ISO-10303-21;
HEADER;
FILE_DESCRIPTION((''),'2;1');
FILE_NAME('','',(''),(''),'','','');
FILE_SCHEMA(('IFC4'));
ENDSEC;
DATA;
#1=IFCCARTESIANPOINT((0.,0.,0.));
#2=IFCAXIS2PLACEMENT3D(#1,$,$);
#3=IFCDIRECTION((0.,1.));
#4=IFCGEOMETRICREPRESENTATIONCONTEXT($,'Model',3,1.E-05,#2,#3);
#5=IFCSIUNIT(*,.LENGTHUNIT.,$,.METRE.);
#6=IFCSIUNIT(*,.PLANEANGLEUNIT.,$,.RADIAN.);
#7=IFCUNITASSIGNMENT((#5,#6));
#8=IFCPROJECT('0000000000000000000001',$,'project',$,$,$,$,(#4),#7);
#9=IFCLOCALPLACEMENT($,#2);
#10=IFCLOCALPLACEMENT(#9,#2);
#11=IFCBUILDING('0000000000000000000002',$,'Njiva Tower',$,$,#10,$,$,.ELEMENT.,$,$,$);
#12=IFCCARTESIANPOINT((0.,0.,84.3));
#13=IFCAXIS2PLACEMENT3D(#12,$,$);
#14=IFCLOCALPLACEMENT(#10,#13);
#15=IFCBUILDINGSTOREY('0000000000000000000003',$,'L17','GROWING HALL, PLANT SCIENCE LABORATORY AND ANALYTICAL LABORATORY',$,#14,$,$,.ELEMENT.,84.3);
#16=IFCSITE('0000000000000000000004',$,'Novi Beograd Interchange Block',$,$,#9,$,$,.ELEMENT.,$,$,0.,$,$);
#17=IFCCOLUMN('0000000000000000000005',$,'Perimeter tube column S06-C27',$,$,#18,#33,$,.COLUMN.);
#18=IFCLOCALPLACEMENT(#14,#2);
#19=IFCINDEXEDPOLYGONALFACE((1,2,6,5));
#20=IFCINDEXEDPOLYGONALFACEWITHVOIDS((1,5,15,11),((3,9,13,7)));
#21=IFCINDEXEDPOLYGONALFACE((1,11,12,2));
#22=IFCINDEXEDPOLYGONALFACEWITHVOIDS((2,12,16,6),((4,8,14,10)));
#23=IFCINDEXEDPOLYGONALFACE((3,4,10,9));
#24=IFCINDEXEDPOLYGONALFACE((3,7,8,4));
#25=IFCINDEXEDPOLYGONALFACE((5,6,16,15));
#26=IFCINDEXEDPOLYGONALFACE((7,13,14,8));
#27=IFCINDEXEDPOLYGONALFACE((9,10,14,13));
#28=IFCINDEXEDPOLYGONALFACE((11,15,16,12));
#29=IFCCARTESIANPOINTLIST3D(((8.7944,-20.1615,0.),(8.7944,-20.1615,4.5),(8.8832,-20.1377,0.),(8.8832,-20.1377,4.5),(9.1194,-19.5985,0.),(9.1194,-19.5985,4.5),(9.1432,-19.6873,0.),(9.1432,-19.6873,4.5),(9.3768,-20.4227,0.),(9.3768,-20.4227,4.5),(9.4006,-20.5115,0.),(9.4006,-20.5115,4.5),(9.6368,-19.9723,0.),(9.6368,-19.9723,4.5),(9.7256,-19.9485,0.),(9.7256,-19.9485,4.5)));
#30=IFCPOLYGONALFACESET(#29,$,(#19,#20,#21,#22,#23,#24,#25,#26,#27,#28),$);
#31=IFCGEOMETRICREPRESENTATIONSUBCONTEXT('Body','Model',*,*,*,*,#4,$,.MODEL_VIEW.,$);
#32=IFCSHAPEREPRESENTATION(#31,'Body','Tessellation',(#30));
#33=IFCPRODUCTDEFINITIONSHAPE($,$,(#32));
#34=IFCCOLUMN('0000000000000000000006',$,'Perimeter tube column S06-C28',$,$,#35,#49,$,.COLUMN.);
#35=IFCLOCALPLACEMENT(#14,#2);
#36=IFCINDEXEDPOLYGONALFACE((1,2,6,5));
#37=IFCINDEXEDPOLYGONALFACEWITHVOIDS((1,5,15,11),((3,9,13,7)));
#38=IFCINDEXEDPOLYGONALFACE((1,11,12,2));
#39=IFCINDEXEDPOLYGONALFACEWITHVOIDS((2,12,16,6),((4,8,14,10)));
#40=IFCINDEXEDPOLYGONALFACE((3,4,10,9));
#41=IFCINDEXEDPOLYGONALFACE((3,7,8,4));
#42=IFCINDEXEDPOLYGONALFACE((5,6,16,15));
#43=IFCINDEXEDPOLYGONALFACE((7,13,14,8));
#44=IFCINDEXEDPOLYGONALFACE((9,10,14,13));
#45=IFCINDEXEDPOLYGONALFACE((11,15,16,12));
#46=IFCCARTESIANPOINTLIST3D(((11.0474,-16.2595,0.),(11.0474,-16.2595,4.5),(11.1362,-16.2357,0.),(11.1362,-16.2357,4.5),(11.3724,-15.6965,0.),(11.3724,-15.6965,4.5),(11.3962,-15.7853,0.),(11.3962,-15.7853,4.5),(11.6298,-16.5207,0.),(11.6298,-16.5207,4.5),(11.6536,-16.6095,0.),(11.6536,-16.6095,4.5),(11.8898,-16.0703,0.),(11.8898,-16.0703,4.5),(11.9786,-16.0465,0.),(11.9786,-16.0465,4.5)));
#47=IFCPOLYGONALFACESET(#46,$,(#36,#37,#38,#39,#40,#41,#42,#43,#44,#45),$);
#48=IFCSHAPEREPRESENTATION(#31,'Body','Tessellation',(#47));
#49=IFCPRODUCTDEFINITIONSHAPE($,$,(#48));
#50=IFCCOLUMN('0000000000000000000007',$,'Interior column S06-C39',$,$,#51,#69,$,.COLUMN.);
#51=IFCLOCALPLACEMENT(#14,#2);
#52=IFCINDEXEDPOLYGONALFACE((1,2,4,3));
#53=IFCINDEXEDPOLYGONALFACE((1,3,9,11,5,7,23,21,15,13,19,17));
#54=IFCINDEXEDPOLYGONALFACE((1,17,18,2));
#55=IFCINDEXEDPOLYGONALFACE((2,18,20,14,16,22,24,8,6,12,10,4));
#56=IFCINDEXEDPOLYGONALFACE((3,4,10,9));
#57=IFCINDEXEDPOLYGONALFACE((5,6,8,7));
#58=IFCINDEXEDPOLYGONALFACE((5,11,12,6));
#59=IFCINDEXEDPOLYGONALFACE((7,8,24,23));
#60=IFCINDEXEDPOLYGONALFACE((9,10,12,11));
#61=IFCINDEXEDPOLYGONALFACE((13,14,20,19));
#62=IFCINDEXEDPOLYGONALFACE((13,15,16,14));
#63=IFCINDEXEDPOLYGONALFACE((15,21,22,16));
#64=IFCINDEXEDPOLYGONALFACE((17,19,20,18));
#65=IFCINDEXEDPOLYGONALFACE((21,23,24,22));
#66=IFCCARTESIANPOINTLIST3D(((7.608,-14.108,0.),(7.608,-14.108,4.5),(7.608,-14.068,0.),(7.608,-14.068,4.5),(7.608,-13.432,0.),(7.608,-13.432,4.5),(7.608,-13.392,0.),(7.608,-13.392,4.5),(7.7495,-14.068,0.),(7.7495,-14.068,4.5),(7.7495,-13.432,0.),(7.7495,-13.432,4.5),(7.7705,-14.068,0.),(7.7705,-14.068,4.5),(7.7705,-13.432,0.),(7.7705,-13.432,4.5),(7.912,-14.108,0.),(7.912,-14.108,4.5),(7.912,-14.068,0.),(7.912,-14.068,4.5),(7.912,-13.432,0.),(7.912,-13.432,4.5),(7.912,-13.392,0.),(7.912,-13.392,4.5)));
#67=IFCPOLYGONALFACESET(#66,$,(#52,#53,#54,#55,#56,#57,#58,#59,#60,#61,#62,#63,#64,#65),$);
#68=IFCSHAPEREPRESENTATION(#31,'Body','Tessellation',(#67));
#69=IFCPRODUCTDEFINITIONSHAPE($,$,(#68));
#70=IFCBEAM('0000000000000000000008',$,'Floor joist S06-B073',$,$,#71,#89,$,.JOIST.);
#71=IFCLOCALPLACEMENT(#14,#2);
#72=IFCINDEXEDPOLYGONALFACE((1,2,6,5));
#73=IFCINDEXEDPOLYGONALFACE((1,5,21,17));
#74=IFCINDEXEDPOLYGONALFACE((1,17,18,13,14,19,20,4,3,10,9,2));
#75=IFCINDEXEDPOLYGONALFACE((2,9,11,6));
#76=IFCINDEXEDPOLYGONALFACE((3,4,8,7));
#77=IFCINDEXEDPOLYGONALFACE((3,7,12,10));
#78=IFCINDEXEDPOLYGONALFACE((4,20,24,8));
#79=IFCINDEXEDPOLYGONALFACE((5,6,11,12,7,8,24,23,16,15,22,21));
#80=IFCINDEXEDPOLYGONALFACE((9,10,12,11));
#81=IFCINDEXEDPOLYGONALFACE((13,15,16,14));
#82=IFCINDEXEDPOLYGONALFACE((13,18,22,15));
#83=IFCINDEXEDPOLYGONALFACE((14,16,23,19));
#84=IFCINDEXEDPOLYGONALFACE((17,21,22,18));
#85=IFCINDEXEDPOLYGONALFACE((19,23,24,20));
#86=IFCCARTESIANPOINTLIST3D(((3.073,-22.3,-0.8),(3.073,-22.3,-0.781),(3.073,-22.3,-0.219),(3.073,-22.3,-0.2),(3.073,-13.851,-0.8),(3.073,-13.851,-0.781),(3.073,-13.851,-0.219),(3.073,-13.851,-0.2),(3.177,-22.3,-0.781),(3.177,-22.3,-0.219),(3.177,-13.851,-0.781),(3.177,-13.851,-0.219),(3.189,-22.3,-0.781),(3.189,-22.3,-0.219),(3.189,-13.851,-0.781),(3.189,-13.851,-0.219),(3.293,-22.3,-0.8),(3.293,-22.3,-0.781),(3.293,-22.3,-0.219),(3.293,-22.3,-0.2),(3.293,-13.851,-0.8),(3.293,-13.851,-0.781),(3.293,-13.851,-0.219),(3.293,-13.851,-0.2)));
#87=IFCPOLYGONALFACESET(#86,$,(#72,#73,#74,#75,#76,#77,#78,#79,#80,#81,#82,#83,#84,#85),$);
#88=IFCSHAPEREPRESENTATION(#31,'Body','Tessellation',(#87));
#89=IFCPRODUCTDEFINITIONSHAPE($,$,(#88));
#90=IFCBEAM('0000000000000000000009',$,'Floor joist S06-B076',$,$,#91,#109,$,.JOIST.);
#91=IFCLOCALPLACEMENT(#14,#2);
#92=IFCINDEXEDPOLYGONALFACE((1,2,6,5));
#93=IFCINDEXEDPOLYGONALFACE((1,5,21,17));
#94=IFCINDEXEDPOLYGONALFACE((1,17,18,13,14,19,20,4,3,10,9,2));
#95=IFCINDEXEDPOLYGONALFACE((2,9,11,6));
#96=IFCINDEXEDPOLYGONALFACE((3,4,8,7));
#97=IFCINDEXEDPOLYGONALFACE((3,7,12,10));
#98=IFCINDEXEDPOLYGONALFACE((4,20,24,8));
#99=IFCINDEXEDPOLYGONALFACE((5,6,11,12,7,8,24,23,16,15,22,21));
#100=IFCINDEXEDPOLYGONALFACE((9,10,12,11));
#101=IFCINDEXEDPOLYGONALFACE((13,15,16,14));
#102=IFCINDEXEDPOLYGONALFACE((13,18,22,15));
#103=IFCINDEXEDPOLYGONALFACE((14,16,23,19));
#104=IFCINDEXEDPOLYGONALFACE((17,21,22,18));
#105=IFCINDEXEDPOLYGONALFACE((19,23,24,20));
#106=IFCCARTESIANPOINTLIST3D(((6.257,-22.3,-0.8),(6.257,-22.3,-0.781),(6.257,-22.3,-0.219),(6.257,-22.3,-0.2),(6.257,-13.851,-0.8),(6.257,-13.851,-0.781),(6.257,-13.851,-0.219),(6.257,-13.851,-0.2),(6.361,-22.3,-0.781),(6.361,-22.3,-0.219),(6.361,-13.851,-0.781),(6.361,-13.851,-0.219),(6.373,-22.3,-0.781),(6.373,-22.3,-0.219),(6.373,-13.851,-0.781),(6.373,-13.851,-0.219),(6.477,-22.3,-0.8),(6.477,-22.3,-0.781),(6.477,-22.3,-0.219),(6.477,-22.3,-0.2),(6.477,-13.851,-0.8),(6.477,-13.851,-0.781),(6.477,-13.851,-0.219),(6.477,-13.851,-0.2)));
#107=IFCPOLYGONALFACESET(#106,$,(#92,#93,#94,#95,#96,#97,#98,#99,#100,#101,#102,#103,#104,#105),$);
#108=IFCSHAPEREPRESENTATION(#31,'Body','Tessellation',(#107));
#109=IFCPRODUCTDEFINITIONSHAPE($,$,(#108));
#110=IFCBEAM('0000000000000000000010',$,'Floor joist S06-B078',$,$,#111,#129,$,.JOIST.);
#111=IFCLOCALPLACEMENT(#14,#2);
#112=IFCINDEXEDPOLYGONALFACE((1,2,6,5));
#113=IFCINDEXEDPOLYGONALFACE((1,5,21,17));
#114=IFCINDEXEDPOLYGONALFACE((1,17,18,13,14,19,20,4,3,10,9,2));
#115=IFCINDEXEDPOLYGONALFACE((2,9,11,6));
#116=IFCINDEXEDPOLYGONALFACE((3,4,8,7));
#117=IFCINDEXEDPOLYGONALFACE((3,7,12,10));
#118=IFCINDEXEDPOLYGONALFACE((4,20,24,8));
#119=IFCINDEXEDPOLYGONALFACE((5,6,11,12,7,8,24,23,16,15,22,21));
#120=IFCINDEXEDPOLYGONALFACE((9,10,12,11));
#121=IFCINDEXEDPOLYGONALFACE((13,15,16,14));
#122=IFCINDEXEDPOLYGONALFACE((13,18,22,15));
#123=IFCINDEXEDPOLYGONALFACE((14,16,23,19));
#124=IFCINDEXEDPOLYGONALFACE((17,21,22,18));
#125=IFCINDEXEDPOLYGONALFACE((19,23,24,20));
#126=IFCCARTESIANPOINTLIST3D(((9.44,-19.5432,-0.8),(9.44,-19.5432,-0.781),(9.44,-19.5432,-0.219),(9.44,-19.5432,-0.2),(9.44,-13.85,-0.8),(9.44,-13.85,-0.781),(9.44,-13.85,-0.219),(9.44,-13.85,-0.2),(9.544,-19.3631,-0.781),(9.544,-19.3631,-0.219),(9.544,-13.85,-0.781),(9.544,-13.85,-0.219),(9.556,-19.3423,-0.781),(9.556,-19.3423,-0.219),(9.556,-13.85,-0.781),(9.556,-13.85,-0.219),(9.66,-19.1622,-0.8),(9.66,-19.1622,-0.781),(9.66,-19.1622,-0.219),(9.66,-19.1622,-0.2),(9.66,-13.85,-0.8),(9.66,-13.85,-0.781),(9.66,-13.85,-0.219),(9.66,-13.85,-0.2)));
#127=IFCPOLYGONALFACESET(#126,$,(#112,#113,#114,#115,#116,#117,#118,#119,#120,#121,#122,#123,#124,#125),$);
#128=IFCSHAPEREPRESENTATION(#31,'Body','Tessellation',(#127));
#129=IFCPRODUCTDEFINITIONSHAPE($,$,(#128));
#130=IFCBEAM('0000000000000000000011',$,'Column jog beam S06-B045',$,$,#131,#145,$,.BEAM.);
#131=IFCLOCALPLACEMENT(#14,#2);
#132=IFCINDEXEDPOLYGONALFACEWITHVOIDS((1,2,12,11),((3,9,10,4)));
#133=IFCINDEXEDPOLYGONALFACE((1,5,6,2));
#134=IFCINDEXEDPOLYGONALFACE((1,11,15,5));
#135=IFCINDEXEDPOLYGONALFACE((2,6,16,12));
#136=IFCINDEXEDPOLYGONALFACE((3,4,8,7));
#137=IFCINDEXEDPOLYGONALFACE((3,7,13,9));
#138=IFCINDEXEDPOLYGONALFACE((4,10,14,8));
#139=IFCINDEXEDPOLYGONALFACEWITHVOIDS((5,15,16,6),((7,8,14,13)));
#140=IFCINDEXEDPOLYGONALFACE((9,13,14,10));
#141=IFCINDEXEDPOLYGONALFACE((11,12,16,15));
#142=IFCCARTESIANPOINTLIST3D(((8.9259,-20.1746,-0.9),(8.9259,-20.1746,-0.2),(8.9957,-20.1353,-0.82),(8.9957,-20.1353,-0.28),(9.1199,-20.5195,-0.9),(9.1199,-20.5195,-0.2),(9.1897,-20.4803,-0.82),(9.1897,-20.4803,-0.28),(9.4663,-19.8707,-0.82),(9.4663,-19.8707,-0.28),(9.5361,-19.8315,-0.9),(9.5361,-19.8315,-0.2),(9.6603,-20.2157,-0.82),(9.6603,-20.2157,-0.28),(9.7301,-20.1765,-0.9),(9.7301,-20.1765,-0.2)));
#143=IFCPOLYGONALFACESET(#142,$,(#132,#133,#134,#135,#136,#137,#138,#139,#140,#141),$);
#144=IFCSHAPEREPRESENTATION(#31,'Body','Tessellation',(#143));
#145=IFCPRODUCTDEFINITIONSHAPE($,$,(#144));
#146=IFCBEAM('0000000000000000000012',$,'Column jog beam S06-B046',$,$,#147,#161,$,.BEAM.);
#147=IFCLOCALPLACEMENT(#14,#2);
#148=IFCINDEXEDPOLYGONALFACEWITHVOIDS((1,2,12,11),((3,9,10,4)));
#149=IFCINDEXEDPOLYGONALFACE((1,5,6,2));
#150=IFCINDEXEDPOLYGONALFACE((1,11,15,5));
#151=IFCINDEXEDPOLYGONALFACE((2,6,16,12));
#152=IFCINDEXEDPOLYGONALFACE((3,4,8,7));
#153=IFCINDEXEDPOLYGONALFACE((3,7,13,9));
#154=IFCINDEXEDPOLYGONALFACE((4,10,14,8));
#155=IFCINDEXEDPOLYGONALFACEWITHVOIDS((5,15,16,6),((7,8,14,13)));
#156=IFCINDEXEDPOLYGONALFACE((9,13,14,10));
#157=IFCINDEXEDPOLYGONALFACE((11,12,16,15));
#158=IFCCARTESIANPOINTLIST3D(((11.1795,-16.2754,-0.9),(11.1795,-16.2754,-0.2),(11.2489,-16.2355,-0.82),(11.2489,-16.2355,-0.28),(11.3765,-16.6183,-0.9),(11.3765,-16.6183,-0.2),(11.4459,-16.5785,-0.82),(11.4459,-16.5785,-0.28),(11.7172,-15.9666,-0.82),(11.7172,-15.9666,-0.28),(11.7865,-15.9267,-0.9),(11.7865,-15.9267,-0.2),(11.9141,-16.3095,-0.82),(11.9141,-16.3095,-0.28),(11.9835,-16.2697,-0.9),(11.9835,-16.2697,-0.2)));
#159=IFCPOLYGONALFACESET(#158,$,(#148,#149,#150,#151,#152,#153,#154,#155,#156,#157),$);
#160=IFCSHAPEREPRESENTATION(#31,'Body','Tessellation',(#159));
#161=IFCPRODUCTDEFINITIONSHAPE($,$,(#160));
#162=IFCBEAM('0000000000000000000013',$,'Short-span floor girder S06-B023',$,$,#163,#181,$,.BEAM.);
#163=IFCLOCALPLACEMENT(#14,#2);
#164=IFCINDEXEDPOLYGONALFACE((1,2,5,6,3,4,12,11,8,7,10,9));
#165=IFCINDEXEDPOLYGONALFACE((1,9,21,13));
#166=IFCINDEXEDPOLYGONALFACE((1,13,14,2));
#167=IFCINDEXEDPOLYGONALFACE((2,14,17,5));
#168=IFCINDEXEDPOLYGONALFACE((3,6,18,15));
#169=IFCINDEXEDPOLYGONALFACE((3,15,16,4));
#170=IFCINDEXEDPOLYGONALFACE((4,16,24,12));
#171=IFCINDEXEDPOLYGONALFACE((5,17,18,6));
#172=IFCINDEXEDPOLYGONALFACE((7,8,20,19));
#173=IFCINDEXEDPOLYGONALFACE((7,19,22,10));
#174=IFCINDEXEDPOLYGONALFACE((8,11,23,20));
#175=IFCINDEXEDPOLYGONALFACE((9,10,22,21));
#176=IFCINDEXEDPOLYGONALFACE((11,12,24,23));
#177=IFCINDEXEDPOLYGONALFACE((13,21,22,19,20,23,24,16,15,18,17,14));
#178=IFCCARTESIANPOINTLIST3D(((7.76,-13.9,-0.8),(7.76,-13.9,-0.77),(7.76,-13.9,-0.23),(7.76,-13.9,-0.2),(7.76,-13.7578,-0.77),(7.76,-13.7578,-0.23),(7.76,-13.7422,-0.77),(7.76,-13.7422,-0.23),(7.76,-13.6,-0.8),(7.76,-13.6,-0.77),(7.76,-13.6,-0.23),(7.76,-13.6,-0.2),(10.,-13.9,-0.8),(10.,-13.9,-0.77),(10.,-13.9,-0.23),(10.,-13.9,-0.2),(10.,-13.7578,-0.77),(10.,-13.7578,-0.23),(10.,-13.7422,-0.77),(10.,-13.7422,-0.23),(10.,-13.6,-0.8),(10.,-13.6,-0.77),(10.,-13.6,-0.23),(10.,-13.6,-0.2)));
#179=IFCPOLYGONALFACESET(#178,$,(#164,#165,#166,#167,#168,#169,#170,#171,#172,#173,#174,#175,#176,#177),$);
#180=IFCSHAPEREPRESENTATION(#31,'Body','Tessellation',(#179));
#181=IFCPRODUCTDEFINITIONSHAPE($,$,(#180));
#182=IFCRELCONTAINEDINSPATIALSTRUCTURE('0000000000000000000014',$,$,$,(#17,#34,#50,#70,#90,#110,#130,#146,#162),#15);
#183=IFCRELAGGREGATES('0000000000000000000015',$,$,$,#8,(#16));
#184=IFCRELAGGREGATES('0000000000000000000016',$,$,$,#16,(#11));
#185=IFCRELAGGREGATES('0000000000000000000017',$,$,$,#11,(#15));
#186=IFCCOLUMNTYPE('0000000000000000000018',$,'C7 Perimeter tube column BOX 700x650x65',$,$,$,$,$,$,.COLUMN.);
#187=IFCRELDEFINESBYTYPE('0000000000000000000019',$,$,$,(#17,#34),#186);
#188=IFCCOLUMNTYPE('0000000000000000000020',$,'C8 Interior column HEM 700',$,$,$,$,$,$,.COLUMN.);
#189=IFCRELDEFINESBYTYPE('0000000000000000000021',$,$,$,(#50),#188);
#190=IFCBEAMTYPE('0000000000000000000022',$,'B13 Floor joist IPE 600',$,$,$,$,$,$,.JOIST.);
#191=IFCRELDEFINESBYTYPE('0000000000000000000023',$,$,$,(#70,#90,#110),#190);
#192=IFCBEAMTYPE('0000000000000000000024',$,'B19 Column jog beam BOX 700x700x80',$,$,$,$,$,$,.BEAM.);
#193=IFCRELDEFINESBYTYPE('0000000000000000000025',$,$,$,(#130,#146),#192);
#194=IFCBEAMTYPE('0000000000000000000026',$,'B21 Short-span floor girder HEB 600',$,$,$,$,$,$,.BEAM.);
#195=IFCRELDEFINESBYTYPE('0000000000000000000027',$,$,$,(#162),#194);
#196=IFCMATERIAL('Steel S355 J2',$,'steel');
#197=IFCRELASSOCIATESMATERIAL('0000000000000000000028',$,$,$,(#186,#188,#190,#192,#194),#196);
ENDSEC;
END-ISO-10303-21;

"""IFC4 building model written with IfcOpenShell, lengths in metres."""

from ifc_helpers import new_model, si_unit, direction, frame, origin, origin_2d, place, context, subcontext, project, spatial, hollow_rectangle, i_section, extrude, clip, halfspace, material, material_profile, profile_set, type_object, element, save


model = new_model("IFC4")

# Units and contexts
model_context = context("Model", 3, precision=1e-05, world=origin(), true_north=direction((0.0, 1.0)))
body_context = subcontext(model_context, "Body", "Model", "MODEL_VIEW")
ifc_project = project(units=[si_unit("LENGTHUNIT", "METRE"), si_unit("PLANEANGLEUNIT", "RADIAN")], contexts=[model_context])

# Site, building, storey
site_placement = place(None, origin())
site = spatial("IfcSite", under=ifc_project, at=site_placement, Name="Novi Beograd Interchange Block", CompositionType="ELEMENT", RefElevation=0.0)
building_placement = place(site_placement, origin())
building = spatial("IfcBuilding", under=site, at=building_placement, Name="Njiva Tower", CompositionType="ELEMENT")
storey_placement = place(building_placement, frame((0.0, 0.0, 84.3)))
storey = spatial("IfcBuildingStorey", under=building, at=storey_placement, Name="L17", Description="GROWING HALL, PLANT SCIENCE LABORATORY AND ANALYTICAL LABORATORY", CompositionType="ELEMENT", Elevation=84.3)

# Columns
ifc_material_1 = material(Name="Steel S355 J2", Category="steel")
ifc_material_profile_1 = material_profile(ifc_material_1, hollow_rectangle(XDim=0.65, YDim=0.7, WallThickness=0.065, at=origin_2d()), Name="BOX 700x650x65")
ifc_profile_set_1 = profile_set([ifc_material_profile_1], Name="Steel S355 J2")
column_type_1 = type_object("IfcColumnType", Name="C7 Perimeter tube column BOX 700x650x65", PredefinedType="COLUMN", material=ifc_profile_set_1)
for number, where, z_axis, x_axis, name in (
    (1, (9.26, -20.055, 0.0), (0.0, 0.0, 1.0), (0.5, 0.866025, 0.0), "Perimeter tube column S06-C27"),
    (2, (11.513, -16.153, 0.0), (0.0, 0.0, 1.0), (0.5, 0.866025, 0.0), "Perimeter tube column S06-C28"),
):
    element("IfcColumn", number, at=place(storey_placement, frame(where, z_axis=z_axis, x_axis=x_axis)), inside=storey, type_object=column_type_1, Name=name, PredefinedType="COLUMN", context=body_context, shape_type="SweptSolid", body=[
        extrude(hollow_rectangle(XDim=0.65, YDim=0.7, WallThickness=0.065, at=origin_2d()), origin(), (0.0, 0.0, 1.0), 4.5),
    ])
ifc_material_profile_2 = material_profile(ifc_material_1, i_section(OverallWidth=0.304, OverallDepth=0.716, WebThickness=0.021, FlangeThickness=0.04, at=origin_2d()), Name="HEM 700")
ifc_profile_set_2 = profile_set([ifc_material_profile_2], Name="Steel S355 J2")
column_type_2 = type_object("IfcColumnType", Name="C8 Interior column HEM 700", PredefinedType="COLUMN", material=ifc_profile_set_2)
column_placement = place(storey_placement, frame((7.76, -13.75, 0.0), z_axis=(0.0, 0.0, 1.0), x_axis=(1.0, 0.0, 0.0)))
element("IfcColumn", 3, at=column_placement, inside=storey, type_object=column_type_2, Name="Interior column S06-C39", PredefinedType="COLUMN", context=body_context, shape_type="SweptSolid", body=[
    extrude(i_section(OverallWidth=0.304, OverallDepth=0.716, WebThickness=0.021, FlangeThickness=0.04, at=origin_2d()), origin(), (0.0, 0.0, 1.0), 4.5),
])

# Beams
ifc_material_profile_3 = material_profile(ifc_material_1, i_section(OverallWidth=0.22, OverallDepth=0.6, WebThickness=0.012, FlangeThickness=0.019, at=origin_2d()), Name="IPE 600")
ifc_profile_set_3 = profile_set([ifc_material_profile_3], Name="Steel S355 J2")
beam_type_1 = type_object("IfcBeamType", Name="B13 Floor joist IPE 600", PredefinedType="JOIST", material=ifc_profile_set_3)
for number, where, z_axis, x_axis, name in (
    (4, (3.183, -13.851, -0.5), (0.0, -1.0, 0.0), (1.0, 0.0, 0.0), "Floor joist S06-B073"),
    (5, (6.367, -13.851, -0.5), (0.0, -1.0, 0.0), (1.0, 0.0, 0.0), "Floor joist S06-B076"),
):
    element("IfcBeam", number, at=place(storey_placement, frame(where, z_axis=z_axis, x_axis=x_axis)), inside=storey, type_object=beam_type_1, Name=name, PredefinedType="JOIST", context=body_context, shape_type="SweptSolid", body=[
        extrude(i_section(OverallWidth=0.22, OverallDepth=0.6, WebThickness=0.012, FlangeThickness=0.019, at=origin_2d()), origin(), (0.0, 0.0, 1.0), 8.449),
    ])
beam_1_placement = place(storey_placement, frame((9.55, -13.85, -0.5), z_axis=(0.0, -1.0, 0.0), x_axis=(1.0, 0.0, 0.0)))
element("IfcBeam", 6, at=beam_1_placement, inside=storey, type_object=beam_type_1, Name="Floor joist S06-B078", PredefinedType="JOIST", context=body_context, shape_type="Clipping", body=[
    clip(extrude(i_section(OverallWidth=0.22, OverallDepth=0.6, WebThickness=0.012, FlangeThickness=0.019, at=origin_2d()), origin(), (0.0, 0.0, 1.0), 5.714), halfspace(frame((0.0433, 0.0, 5.4277), z_axis=(0.866027, 0.0, 0.499998), x_axis=(0.0, 1.0, 0.0)), False)),
])
ifc_material_profile_4 = material_profile(ifc_material_1, hollow_rectangle(XDim=0.7, YDim=0.7, WallThickness=0.08, at=origin_2d()), Name="BOX 700x700x80")
ifc_profile_set_4 = profile_set([ifc_material_profile_4], Name="Steel S355 J2")
beam_type_2 = type_object("IfcBeamType", Name="B19 Column jog beam BOX 700x700x80", PredefinedType="BEAM", material=ifc_profile_set_4)
beam_2_placement = place(storey_placement, frame((9.425, -20.348, -0.55), z_axis=(-0.490141, 0.871643, 0.0), x_axis=(-0.871643, -0.490141, 0.0)))
element("IfcBeam", 7, at=beam_2_placement, inside=storey, type_object=beam_type_2, Name="Column jog beam S06-B045", PredefinedType="BEAM", context=body_context, shape_type="SweptSolid", body=[
    extrude(hollow_rectangle(XDim=0.7, YDim=0.7, WallThickness=0.08, at=origin_2d()), origin(), (0.0, 0.0, 1.0), 0.3958),
])
beam_3_placement = place(storey_placement, frame((11.68, -16.444, -0.55), z_axis=(-0.498044, 0.867152, 0.0), x_axis=(-0.867152, -0.498044, 0.0)))
element("IfcBeam", 8, at=beam_3_placement, inside=storey, type_object=beam_type_2, Name="Column jog beam S06-B046", PredefinedType="BEAM", context=body_context, shape_type="SweptSolid", body=[
    extrude(hollow_rectangle(XDim=0.7, YDim=0.7, WallThickness=0.08, at=origin_2d()), origin(), (0.0, 0.0, 1.0), 0.3955),
])
ifc_material_profile_5 = material_profile(ifc_material_1, i_section(OverallWidth=0.3, OverallDepth=0.6, WebThickness=0.0155, FlangeThickness=0.03, at=origin_2d()), Name="HEB 600")
ifc_profile_set_5 = profile_set([ifc_material_profile_5], Name="Steel S355 J2")
beam_type_3 = type_object("IfcBeamType", Name="B21 Short-span floor girder HEB 600", PredefinedType="BEAM", material=ifc_profile_set_5)
beam_4_placement = place(storey_placement, frame((7.76, -13.75, -0.5), z_axis=(1.0, 0.0, 0.0), x_axis=(0.0, 1.0, 0.0)))
element("IfcBeam", 9, at=beam_4_placement, inside=storey, type_object=beam_type_3, Name="Short-span floor girder S06-B023", PredefinedType="BEAM", context=body_context, shape_type="SweptSolid", body=[
    extrude(i_section(OverallWidth=0.3, OverallDepth=0.6, WebThickness=0.0155, FlangeThickness=0.03, at=origin_2d()), origin(), (0.0, 0.0, 1.0), 2.24),
])

save(model, "model.ifc")
